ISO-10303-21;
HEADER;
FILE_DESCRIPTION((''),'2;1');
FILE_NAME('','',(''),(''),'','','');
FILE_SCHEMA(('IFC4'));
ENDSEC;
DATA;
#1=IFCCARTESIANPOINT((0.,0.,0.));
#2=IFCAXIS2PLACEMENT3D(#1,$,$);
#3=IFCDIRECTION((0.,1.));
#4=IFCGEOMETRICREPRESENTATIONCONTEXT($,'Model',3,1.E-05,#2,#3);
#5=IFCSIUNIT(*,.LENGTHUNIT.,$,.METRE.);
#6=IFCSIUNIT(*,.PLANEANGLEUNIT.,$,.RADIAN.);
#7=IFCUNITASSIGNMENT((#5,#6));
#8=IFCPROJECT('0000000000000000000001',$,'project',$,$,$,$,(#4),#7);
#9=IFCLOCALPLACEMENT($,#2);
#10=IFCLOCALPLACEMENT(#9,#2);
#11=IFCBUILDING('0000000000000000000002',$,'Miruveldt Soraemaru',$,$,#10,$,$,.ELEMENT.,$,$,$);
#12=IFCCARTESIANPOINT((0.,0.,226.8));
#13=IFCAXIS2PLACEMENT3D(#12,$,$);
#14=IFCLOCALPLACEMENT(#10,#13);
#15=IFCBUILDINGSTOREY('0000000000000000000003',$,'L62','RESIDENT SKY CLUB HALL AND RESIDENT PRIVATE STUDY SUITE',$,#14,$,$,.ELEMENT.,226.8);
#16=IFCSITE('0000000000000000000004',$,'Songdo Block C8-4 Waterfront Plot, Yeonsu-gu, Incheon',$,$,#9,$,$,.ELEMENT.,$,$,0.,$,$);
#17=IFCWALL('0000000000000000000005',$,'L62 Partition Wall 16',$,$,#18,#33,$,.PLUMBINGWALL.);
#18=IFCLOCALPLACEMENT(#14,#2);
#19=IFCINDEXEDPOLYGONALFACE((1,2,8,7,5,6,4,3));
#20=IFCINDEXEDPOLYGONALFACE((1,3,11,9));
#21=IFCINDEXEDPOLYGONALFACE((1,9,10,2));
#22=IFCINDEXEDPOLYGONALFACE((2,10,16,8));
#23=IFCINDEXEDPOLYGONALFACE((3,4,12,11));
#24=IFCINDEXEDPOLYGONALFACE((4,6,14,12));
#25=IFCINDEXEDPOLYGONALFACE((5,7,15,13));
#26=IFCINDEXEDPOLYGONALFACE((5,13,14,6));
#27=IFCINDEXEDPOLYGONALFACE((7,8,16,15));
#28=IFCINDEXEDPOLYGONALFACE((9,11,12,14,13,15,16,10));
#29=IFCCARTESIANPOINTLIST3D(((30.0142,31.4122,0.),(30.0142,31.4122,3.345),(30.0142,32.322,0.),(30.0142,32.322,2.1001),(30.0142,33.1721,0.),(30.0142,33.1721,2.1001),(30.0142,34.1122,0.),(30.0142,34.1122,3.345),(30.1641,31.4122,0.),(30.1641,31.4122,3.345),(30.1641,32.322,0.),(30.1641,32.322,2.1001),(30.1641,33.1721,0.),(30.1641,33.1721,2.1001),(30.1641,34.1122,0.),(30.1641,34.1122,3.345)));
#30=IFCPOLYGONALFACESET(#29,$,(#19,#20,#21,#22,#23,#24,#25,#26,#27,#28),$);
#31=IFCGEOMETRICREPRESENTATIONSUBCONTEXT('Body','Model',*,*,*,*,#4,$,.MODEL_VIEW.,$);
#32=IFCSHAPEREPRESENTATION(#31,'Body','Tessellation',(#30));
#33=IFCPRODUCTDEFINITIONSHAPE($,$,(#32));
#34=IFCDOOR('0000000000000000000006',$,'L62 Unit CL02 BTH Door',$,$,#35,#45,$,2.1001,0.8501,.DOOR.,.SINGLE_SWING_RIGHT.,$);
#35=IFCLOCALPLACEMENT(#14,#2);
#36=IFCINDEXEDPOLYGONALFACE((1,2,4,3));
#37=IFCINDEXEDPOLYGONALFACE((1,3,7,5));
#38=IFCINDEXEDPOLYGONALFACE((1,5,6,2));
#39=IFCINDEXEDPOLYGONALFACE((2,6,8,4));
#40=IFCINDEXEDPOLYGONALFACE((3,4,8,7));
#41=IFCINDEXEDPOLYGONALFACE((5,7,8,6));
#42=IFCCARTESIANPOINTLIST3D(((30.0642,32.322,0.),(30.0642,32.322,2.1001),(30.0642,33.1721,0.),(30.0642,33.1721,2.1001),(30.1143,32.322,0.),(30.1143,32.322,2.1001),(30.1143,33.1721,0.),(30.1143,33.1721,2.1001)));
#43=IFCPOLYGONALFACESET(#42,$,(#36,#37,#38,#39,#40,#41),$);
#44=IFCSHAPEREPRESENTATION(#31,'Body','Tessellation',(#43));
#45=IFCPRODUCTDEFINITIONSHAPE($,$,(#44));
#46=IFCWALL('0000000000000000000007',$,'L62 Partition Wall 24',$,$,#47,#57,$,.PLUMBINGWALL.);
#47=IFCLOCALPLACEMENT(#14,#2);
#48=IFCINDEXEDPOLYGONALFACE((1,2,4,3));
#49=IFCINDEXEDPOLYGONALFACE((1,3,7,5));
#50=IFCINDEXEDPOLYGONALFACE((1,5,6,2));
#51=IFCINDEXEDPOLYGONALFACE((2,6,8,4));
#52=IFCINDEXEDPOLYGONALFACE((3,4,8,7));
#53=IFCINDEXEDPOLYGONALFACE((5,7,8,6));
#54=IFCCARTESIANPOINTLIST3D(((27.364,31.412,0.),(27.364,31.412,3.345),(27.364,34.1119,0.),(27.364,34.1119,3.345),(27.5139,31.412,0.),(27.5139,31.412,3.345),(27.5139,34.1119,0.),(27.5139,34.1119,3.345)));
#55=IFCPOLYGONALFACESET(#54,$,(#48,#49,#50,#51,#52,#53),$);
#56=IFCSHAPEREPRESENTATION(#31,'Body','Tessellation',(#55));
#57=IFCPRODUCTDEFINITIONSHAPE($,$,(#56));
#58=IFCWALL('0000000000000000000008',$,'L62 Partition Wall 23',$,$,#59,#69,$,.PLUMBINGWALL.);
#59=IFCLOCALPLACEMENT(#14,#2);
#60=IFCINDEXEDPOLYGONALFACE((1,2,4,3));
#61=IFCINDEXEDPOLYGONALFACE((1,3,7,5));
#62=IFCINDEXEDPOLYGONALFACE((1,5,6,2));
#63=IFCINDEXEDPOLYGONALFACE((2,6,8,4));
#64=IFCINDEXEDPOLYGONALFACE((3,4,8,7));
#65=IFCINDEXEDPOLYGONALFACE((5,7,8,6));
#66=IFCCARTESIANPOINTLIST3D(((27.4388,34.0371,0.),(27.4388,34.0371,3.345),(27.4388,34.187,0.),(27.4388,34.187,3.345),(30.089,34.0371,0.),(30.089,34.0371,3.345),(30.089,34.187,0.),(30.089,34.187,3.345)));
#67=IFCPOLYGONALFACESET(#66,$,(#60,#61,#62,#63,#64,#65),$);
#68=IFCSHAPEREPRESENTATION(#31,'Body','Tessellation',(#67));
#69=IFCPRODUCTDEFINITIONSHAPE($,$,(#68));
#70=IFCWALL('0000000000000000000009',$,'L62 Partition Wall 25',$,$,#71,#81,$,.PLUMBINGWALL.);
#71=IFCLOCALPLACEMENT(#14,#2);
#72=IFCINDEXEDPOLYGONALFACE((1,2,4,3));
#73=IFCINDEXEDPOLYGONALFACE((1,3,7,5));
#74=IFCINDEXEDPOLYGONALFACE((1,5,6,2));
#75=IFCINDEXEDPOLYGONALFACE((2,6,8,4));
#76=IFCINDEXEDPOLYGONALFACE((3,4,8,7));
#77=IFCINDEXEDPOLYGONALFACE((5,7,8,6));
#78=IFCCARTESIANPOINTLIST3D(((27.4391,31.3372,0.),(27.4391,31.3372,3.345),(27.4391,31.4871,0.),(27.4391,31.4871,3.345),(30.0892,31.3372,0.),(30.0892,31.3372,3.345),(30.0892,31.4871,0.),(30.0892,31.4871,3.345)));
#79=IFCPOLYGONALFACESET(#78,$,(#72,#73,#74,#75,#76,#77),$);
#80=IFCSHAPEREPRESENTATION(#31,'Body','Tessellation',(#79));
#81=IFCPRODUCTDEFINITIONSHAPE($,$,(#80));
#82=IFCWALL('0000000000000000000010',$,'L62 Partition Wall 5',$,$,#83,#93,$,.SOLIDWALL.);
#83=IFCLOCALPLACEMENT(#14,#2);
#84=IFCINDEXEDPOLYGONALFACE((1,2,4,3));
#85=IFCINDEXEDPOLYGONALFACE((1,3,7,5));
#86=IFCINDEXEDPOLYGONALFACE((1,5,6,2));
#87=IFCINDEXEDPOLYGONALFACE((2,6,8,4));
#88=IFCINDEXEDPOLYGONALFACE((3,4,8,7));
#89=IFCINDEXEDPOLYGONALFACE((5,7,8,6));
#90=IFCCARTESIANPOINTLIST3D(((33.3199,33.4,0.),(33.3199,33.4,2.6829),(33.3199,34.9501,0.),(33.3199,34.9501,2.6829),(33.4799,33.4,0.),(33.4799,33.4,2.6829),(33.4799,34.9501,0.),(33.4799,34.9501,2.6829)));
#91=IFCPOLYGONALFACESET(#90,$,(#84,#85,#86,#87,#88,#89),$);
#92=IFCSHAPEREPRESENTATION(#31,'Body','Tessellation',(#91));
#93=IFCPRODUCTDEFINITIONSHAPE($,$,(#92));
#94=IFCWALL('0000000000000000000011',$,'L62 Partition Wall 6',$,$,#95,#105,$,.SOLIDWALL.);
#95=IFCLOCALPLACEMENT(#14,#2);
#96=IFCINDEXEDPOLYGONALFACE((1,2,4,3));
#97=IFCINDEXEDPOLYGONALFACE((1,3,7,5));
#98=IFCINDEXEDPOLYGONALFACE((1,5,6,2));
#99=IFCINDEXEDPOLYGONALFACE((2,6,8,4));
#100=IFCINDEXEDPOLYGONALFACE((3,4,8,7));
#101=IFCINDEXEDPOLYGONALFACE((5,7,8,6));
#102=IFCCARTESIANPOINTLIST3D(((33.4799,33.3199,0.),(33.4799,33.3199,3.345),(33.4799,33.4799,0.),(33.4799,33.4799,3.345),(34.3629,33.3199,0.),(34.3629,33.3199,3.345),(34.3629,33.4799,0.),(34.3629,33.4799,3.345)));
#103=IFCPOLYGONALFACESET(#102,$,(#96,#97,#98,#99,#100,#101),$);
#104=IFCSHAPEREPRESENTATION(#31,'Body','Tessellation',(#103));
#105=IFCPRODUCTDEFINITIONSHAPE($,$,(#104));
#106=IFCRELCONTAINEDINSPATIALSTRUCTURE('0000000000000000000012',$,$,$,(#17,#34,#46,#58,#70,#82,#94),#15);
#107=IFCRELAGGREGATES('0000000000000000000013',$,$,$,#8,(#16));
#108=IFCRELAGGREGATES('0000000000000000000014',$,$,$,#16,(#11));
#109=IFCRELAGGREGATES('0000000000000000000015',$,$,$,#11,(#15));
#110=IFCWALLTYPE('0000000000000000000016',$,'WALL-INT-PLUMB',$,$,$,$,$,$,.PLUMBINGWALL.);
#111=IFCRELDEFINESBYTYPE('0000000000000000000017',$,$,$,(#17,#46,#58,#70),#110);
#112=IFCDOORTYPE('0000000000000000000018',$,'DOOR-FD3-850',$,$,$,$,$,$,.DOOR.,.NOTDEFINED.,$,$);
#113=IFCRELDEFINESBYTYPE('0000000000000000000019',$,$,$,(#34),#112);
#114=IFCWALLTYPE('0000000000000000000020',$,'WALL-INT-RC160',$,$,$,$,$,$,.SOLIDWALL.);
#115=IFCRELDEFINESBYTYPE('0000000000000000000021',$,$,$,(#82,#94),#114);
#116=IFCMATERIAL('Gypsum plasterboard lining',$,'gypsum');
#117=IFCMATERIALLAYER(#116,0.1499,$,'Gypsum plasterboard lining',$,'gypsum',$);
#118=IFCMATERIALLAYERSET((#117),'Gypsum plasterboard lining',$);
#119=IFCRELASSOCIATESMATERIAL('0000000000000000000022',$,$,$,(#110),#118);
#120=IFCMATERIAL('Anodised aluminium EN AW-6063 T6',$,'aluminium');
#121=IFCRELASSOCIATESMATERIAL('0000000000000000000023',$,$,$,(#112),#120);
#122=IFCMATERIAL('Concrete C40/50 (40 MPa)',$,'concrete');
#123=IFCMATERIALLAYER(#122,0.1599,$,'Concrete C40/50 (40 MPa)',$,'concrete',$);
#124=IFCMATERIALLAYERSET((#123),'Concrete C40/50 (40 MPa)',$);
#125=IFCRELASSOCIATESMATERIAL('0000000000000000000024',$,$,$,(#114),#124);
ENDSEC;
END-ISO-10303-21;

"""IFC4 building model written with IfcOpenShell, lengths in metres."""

from ifc_helpers import new_model, si_unit, direction, frame, frame_2d, origin, place, context, subcontext, project, spatial, rectangle, extrude, material, layer, layer_set, type_object, element, fill, save


model = new_model("IFC4")

# Units and contexts
model_context = context("Model", 3, precision=1e-05, world=origin(), true_north=direction((0.0, 1.0)))
body_context = subcontext(model_context, "Body", "Model", "MODEL_VIEW")
ifc_project = project(units=[si_unit("LENGTHUNIT", "METRE"), si_unit("PLANEANGLEUNIT", "RADIAN")], contexts=[model_context])

# Site, building, storey
site_placement = place(None, origin())
site = spatial("IfcSite", under=ifc_project, at=site_placement, Name="Songdo Block C8-4 Waterfront Plot, Yeonsu-gu, Incheon", CompositionType="ELEMENT", RefElevation=0.0)
building_placement = place(site_placement, origin())
building = spatial("IfcBuilding", under=site, at=building_placement, Name="Miruveldt Soraemaru", CompositionType="ELEMENT")
storey_placement = place(building_placement, frame((0.0, 0.0, 226.8)))
storey = spatial("IfcBuildingStorey", under=building, at=storey_placement, Name="L62", Description="RESIDENT SKY CLUB HALL AND RESIDENT PRIVATE STUDY SUITE", CompositionType="ELEMENT", Elevation=226.8)

# Shared definitions
ifc_material_1 = material(Name="Concrete C40/50 (40 MPa)", Category="concrete")

# Wall, opening, door
ifc_material_2 = material(Name="Gypsum plasterboard lining", Category="gypsum")
ifc_layer_1 = layer(ifc_material_2, 0.1499, Name="Gypsum plasterboard lining", Category="gypsum")
ifc_layer_set_1 = layer_set([ifc_layer_1], Name="Gypsum plasterboard lining")
wall_type_1 = type_object("IfcWallType", Name="WALL-INT-PLUMB", PredefinedType="PLUMBINGWALL", material=ifc_layer_set_1)
wall_1_placement = place(storey_placement, frame((30.0891, 31.4121, 0.0), z_axis=(0.0, 0.0, 1.0), x_axis=(0.0, 1.0, 0.0)))
wall_1 = element("IfcWall", 1, at=wall_1_placement, inside=storey, type_object=wall_type_1, Name="L62 Partition Wall 16", PredefinedType="PLUMBINGWALL", context=body_context, shape_type="SweptSolid", body=[
    extrude(rectangle(XDim=2.7, YDim=0.1499, at=frame_2d((1.3501, 0.0))), origin(), (0.0, 0.0, 1.0), 3.345),
])
opening_1_placement = place(wall_1_placement, frame((0.9099, 0.0, 0.0)))
opening_1 = element("IfcOpeningElement", 2, at=opening_1_placement, cuts=wall_1, PredefinedType="OPENING", context=body_context, shape_type="SweptSolid", body=[
    extrude(rectangle(XDim=0.8501, YDim=2.1001, at=frame_2d((0.425, 1.05))), frame((0.0, 0.085, 0.0), z_axis=(0.0, -1.0, 0.0), x_axis=(1.0, 0.0, 0.0)), (0.0, 0.0, 1.0), 0.1699),
])
ifc_material_3 = material(Name="Anodised aluminium EN AW-6063 T6", Category="aluminium")
door_type = type_object("IfcDoorType", Name="DOOR-FD3-850", OperationType="NOTDEFINED", PredefinedType="DOOR", material=ifc_material_3)
door_placement = place(opening_1_placement, origin())
door = element("IfcDoor", 3, at=door_placement, inside=storey, type_object=door_type, Name="L62 Unit CL02 BTH Door", OperationType="SINGLE_SWING_RIGHT", OverallHeight=2.1001, OverallWidth=0.8501, PredefinedType="DOOR", context=body_context, shape_type="SweptSolid", body=[
    extrude(rectangle(XDim=0.8501, YDim=2.1001, at=frame_2d((0.425, 1.05))), frame((0.0, 0.0249, 0.0), z_axis=(0.0, -1.0, 0.0), x_axis=(1.0, 0.0, 0.0)), (0.0, 0.0, 1.0), 0.05),
])
fill(opening_1, door)

# Walls
wall_2_placement = place(storey_placement, frame((27.439, 34.1121, 0.0), z_axis=(0.0, 0.0, 1.0), x_axis=(0.0, -1.0, 0.0)))
element("IfcWall", 4, at=wall_2_placement, inside=storey, type_object=wall_type_1, Name="L62 Partition Wall 24", PredefinedType="PLUMBINGWALL", context=body_context, shape_type="SweptSolid", body=[
    extrude(rectangle(XDim=2.7, YDim=0.1499, at=frame_2d((1.3501, 0.0))), origin(), (0.0, 0.0, 1.0), 3.345),
])
for number, where, z_axis, x_axis, name in (
    (5, (30.0891, 34.1121, 0.0), (0.0, 0.0, 1.0), (-1.0, 0.0, 0.0), "L62 Partition Wall 23"),
    (6, (27.439, 31.4121, 0.0), (0.0, 0.0, 1.0), (1.0, 0.0, 0.0), "L62 Partition Wall 25"),
):
    element("IfcWall", number, at=place(storey_placement, frame(where, z_axis=z_axis, x_axis=x_axis)), inside=storey, type_object=wall_type_1, Name=name, PredefinedType="PLUMBINGWALL", context=body_context, shape_type="SweptSolid", body=[
        extrude(rectangle(XDim=2.6501, YDim=0.1499, at=frame_2d((1.3252, 0.0))), origin(), (0.0, 0.0, 1.0), 3.345),
    ])
ifc_layer_2 = layer(ifc_material_1, 0.1599, Name="Concrete C40/50 (40 MPa)", Category="concrete")
ifc_layer_set_2 = layer_set([ifc_layer_2], Name="Concrete C40/50 (40 MPa)")
wall_type_2 = type_object("IfcWallType", Name="WALL-INT-RC160", PredefinedType="SOLIDWALL", material=ifc_layer_set_2)
wall_3_placement = place(storey_placement, frame((33.3999, 34.95, 0.0), z_axis=(0.0, 0.0, 1.0), x_axis=(0.0, -1.0, 0.0)))
element("IfcWall", 7, at=wall_3_placement, inside=storey, type_object=wall_type_2, Name="L62 Partition Wall 5", PredefinedType="SOLIDWALL", context=body_context, shape_type="SweptSolid", body=[
    extrude(rectangle(XDim=1.55, YDim=0.1599, at=frame_2d((0.7749, 0.0))), origin(), (0.0, 0.0, 1.0), 2.6829),
])
wall_4_placement = place(storey_placement, frame((33.48, 33.3999, 0.0), z_axis=(0.0, 0.0, 1.0), x_axis=(1.0, 0.0, 0.0)))
element("IfcWall", 8, at=wall_4_placement, inside=storey, type_object=wall_type_2, Name="L62 Partition Wall 6", PredefinedType="SOLIDWALL", context=body_context, shape_type="SweptSolid", body=[
    extrude(rectangle(XDim=0.8831, YDim=0.1599, at=frame_2d((0.4414, 0.0))), origin(), (0.0, 0.0, 1.0), 3.345),
])

save(model, "model.ifc")
